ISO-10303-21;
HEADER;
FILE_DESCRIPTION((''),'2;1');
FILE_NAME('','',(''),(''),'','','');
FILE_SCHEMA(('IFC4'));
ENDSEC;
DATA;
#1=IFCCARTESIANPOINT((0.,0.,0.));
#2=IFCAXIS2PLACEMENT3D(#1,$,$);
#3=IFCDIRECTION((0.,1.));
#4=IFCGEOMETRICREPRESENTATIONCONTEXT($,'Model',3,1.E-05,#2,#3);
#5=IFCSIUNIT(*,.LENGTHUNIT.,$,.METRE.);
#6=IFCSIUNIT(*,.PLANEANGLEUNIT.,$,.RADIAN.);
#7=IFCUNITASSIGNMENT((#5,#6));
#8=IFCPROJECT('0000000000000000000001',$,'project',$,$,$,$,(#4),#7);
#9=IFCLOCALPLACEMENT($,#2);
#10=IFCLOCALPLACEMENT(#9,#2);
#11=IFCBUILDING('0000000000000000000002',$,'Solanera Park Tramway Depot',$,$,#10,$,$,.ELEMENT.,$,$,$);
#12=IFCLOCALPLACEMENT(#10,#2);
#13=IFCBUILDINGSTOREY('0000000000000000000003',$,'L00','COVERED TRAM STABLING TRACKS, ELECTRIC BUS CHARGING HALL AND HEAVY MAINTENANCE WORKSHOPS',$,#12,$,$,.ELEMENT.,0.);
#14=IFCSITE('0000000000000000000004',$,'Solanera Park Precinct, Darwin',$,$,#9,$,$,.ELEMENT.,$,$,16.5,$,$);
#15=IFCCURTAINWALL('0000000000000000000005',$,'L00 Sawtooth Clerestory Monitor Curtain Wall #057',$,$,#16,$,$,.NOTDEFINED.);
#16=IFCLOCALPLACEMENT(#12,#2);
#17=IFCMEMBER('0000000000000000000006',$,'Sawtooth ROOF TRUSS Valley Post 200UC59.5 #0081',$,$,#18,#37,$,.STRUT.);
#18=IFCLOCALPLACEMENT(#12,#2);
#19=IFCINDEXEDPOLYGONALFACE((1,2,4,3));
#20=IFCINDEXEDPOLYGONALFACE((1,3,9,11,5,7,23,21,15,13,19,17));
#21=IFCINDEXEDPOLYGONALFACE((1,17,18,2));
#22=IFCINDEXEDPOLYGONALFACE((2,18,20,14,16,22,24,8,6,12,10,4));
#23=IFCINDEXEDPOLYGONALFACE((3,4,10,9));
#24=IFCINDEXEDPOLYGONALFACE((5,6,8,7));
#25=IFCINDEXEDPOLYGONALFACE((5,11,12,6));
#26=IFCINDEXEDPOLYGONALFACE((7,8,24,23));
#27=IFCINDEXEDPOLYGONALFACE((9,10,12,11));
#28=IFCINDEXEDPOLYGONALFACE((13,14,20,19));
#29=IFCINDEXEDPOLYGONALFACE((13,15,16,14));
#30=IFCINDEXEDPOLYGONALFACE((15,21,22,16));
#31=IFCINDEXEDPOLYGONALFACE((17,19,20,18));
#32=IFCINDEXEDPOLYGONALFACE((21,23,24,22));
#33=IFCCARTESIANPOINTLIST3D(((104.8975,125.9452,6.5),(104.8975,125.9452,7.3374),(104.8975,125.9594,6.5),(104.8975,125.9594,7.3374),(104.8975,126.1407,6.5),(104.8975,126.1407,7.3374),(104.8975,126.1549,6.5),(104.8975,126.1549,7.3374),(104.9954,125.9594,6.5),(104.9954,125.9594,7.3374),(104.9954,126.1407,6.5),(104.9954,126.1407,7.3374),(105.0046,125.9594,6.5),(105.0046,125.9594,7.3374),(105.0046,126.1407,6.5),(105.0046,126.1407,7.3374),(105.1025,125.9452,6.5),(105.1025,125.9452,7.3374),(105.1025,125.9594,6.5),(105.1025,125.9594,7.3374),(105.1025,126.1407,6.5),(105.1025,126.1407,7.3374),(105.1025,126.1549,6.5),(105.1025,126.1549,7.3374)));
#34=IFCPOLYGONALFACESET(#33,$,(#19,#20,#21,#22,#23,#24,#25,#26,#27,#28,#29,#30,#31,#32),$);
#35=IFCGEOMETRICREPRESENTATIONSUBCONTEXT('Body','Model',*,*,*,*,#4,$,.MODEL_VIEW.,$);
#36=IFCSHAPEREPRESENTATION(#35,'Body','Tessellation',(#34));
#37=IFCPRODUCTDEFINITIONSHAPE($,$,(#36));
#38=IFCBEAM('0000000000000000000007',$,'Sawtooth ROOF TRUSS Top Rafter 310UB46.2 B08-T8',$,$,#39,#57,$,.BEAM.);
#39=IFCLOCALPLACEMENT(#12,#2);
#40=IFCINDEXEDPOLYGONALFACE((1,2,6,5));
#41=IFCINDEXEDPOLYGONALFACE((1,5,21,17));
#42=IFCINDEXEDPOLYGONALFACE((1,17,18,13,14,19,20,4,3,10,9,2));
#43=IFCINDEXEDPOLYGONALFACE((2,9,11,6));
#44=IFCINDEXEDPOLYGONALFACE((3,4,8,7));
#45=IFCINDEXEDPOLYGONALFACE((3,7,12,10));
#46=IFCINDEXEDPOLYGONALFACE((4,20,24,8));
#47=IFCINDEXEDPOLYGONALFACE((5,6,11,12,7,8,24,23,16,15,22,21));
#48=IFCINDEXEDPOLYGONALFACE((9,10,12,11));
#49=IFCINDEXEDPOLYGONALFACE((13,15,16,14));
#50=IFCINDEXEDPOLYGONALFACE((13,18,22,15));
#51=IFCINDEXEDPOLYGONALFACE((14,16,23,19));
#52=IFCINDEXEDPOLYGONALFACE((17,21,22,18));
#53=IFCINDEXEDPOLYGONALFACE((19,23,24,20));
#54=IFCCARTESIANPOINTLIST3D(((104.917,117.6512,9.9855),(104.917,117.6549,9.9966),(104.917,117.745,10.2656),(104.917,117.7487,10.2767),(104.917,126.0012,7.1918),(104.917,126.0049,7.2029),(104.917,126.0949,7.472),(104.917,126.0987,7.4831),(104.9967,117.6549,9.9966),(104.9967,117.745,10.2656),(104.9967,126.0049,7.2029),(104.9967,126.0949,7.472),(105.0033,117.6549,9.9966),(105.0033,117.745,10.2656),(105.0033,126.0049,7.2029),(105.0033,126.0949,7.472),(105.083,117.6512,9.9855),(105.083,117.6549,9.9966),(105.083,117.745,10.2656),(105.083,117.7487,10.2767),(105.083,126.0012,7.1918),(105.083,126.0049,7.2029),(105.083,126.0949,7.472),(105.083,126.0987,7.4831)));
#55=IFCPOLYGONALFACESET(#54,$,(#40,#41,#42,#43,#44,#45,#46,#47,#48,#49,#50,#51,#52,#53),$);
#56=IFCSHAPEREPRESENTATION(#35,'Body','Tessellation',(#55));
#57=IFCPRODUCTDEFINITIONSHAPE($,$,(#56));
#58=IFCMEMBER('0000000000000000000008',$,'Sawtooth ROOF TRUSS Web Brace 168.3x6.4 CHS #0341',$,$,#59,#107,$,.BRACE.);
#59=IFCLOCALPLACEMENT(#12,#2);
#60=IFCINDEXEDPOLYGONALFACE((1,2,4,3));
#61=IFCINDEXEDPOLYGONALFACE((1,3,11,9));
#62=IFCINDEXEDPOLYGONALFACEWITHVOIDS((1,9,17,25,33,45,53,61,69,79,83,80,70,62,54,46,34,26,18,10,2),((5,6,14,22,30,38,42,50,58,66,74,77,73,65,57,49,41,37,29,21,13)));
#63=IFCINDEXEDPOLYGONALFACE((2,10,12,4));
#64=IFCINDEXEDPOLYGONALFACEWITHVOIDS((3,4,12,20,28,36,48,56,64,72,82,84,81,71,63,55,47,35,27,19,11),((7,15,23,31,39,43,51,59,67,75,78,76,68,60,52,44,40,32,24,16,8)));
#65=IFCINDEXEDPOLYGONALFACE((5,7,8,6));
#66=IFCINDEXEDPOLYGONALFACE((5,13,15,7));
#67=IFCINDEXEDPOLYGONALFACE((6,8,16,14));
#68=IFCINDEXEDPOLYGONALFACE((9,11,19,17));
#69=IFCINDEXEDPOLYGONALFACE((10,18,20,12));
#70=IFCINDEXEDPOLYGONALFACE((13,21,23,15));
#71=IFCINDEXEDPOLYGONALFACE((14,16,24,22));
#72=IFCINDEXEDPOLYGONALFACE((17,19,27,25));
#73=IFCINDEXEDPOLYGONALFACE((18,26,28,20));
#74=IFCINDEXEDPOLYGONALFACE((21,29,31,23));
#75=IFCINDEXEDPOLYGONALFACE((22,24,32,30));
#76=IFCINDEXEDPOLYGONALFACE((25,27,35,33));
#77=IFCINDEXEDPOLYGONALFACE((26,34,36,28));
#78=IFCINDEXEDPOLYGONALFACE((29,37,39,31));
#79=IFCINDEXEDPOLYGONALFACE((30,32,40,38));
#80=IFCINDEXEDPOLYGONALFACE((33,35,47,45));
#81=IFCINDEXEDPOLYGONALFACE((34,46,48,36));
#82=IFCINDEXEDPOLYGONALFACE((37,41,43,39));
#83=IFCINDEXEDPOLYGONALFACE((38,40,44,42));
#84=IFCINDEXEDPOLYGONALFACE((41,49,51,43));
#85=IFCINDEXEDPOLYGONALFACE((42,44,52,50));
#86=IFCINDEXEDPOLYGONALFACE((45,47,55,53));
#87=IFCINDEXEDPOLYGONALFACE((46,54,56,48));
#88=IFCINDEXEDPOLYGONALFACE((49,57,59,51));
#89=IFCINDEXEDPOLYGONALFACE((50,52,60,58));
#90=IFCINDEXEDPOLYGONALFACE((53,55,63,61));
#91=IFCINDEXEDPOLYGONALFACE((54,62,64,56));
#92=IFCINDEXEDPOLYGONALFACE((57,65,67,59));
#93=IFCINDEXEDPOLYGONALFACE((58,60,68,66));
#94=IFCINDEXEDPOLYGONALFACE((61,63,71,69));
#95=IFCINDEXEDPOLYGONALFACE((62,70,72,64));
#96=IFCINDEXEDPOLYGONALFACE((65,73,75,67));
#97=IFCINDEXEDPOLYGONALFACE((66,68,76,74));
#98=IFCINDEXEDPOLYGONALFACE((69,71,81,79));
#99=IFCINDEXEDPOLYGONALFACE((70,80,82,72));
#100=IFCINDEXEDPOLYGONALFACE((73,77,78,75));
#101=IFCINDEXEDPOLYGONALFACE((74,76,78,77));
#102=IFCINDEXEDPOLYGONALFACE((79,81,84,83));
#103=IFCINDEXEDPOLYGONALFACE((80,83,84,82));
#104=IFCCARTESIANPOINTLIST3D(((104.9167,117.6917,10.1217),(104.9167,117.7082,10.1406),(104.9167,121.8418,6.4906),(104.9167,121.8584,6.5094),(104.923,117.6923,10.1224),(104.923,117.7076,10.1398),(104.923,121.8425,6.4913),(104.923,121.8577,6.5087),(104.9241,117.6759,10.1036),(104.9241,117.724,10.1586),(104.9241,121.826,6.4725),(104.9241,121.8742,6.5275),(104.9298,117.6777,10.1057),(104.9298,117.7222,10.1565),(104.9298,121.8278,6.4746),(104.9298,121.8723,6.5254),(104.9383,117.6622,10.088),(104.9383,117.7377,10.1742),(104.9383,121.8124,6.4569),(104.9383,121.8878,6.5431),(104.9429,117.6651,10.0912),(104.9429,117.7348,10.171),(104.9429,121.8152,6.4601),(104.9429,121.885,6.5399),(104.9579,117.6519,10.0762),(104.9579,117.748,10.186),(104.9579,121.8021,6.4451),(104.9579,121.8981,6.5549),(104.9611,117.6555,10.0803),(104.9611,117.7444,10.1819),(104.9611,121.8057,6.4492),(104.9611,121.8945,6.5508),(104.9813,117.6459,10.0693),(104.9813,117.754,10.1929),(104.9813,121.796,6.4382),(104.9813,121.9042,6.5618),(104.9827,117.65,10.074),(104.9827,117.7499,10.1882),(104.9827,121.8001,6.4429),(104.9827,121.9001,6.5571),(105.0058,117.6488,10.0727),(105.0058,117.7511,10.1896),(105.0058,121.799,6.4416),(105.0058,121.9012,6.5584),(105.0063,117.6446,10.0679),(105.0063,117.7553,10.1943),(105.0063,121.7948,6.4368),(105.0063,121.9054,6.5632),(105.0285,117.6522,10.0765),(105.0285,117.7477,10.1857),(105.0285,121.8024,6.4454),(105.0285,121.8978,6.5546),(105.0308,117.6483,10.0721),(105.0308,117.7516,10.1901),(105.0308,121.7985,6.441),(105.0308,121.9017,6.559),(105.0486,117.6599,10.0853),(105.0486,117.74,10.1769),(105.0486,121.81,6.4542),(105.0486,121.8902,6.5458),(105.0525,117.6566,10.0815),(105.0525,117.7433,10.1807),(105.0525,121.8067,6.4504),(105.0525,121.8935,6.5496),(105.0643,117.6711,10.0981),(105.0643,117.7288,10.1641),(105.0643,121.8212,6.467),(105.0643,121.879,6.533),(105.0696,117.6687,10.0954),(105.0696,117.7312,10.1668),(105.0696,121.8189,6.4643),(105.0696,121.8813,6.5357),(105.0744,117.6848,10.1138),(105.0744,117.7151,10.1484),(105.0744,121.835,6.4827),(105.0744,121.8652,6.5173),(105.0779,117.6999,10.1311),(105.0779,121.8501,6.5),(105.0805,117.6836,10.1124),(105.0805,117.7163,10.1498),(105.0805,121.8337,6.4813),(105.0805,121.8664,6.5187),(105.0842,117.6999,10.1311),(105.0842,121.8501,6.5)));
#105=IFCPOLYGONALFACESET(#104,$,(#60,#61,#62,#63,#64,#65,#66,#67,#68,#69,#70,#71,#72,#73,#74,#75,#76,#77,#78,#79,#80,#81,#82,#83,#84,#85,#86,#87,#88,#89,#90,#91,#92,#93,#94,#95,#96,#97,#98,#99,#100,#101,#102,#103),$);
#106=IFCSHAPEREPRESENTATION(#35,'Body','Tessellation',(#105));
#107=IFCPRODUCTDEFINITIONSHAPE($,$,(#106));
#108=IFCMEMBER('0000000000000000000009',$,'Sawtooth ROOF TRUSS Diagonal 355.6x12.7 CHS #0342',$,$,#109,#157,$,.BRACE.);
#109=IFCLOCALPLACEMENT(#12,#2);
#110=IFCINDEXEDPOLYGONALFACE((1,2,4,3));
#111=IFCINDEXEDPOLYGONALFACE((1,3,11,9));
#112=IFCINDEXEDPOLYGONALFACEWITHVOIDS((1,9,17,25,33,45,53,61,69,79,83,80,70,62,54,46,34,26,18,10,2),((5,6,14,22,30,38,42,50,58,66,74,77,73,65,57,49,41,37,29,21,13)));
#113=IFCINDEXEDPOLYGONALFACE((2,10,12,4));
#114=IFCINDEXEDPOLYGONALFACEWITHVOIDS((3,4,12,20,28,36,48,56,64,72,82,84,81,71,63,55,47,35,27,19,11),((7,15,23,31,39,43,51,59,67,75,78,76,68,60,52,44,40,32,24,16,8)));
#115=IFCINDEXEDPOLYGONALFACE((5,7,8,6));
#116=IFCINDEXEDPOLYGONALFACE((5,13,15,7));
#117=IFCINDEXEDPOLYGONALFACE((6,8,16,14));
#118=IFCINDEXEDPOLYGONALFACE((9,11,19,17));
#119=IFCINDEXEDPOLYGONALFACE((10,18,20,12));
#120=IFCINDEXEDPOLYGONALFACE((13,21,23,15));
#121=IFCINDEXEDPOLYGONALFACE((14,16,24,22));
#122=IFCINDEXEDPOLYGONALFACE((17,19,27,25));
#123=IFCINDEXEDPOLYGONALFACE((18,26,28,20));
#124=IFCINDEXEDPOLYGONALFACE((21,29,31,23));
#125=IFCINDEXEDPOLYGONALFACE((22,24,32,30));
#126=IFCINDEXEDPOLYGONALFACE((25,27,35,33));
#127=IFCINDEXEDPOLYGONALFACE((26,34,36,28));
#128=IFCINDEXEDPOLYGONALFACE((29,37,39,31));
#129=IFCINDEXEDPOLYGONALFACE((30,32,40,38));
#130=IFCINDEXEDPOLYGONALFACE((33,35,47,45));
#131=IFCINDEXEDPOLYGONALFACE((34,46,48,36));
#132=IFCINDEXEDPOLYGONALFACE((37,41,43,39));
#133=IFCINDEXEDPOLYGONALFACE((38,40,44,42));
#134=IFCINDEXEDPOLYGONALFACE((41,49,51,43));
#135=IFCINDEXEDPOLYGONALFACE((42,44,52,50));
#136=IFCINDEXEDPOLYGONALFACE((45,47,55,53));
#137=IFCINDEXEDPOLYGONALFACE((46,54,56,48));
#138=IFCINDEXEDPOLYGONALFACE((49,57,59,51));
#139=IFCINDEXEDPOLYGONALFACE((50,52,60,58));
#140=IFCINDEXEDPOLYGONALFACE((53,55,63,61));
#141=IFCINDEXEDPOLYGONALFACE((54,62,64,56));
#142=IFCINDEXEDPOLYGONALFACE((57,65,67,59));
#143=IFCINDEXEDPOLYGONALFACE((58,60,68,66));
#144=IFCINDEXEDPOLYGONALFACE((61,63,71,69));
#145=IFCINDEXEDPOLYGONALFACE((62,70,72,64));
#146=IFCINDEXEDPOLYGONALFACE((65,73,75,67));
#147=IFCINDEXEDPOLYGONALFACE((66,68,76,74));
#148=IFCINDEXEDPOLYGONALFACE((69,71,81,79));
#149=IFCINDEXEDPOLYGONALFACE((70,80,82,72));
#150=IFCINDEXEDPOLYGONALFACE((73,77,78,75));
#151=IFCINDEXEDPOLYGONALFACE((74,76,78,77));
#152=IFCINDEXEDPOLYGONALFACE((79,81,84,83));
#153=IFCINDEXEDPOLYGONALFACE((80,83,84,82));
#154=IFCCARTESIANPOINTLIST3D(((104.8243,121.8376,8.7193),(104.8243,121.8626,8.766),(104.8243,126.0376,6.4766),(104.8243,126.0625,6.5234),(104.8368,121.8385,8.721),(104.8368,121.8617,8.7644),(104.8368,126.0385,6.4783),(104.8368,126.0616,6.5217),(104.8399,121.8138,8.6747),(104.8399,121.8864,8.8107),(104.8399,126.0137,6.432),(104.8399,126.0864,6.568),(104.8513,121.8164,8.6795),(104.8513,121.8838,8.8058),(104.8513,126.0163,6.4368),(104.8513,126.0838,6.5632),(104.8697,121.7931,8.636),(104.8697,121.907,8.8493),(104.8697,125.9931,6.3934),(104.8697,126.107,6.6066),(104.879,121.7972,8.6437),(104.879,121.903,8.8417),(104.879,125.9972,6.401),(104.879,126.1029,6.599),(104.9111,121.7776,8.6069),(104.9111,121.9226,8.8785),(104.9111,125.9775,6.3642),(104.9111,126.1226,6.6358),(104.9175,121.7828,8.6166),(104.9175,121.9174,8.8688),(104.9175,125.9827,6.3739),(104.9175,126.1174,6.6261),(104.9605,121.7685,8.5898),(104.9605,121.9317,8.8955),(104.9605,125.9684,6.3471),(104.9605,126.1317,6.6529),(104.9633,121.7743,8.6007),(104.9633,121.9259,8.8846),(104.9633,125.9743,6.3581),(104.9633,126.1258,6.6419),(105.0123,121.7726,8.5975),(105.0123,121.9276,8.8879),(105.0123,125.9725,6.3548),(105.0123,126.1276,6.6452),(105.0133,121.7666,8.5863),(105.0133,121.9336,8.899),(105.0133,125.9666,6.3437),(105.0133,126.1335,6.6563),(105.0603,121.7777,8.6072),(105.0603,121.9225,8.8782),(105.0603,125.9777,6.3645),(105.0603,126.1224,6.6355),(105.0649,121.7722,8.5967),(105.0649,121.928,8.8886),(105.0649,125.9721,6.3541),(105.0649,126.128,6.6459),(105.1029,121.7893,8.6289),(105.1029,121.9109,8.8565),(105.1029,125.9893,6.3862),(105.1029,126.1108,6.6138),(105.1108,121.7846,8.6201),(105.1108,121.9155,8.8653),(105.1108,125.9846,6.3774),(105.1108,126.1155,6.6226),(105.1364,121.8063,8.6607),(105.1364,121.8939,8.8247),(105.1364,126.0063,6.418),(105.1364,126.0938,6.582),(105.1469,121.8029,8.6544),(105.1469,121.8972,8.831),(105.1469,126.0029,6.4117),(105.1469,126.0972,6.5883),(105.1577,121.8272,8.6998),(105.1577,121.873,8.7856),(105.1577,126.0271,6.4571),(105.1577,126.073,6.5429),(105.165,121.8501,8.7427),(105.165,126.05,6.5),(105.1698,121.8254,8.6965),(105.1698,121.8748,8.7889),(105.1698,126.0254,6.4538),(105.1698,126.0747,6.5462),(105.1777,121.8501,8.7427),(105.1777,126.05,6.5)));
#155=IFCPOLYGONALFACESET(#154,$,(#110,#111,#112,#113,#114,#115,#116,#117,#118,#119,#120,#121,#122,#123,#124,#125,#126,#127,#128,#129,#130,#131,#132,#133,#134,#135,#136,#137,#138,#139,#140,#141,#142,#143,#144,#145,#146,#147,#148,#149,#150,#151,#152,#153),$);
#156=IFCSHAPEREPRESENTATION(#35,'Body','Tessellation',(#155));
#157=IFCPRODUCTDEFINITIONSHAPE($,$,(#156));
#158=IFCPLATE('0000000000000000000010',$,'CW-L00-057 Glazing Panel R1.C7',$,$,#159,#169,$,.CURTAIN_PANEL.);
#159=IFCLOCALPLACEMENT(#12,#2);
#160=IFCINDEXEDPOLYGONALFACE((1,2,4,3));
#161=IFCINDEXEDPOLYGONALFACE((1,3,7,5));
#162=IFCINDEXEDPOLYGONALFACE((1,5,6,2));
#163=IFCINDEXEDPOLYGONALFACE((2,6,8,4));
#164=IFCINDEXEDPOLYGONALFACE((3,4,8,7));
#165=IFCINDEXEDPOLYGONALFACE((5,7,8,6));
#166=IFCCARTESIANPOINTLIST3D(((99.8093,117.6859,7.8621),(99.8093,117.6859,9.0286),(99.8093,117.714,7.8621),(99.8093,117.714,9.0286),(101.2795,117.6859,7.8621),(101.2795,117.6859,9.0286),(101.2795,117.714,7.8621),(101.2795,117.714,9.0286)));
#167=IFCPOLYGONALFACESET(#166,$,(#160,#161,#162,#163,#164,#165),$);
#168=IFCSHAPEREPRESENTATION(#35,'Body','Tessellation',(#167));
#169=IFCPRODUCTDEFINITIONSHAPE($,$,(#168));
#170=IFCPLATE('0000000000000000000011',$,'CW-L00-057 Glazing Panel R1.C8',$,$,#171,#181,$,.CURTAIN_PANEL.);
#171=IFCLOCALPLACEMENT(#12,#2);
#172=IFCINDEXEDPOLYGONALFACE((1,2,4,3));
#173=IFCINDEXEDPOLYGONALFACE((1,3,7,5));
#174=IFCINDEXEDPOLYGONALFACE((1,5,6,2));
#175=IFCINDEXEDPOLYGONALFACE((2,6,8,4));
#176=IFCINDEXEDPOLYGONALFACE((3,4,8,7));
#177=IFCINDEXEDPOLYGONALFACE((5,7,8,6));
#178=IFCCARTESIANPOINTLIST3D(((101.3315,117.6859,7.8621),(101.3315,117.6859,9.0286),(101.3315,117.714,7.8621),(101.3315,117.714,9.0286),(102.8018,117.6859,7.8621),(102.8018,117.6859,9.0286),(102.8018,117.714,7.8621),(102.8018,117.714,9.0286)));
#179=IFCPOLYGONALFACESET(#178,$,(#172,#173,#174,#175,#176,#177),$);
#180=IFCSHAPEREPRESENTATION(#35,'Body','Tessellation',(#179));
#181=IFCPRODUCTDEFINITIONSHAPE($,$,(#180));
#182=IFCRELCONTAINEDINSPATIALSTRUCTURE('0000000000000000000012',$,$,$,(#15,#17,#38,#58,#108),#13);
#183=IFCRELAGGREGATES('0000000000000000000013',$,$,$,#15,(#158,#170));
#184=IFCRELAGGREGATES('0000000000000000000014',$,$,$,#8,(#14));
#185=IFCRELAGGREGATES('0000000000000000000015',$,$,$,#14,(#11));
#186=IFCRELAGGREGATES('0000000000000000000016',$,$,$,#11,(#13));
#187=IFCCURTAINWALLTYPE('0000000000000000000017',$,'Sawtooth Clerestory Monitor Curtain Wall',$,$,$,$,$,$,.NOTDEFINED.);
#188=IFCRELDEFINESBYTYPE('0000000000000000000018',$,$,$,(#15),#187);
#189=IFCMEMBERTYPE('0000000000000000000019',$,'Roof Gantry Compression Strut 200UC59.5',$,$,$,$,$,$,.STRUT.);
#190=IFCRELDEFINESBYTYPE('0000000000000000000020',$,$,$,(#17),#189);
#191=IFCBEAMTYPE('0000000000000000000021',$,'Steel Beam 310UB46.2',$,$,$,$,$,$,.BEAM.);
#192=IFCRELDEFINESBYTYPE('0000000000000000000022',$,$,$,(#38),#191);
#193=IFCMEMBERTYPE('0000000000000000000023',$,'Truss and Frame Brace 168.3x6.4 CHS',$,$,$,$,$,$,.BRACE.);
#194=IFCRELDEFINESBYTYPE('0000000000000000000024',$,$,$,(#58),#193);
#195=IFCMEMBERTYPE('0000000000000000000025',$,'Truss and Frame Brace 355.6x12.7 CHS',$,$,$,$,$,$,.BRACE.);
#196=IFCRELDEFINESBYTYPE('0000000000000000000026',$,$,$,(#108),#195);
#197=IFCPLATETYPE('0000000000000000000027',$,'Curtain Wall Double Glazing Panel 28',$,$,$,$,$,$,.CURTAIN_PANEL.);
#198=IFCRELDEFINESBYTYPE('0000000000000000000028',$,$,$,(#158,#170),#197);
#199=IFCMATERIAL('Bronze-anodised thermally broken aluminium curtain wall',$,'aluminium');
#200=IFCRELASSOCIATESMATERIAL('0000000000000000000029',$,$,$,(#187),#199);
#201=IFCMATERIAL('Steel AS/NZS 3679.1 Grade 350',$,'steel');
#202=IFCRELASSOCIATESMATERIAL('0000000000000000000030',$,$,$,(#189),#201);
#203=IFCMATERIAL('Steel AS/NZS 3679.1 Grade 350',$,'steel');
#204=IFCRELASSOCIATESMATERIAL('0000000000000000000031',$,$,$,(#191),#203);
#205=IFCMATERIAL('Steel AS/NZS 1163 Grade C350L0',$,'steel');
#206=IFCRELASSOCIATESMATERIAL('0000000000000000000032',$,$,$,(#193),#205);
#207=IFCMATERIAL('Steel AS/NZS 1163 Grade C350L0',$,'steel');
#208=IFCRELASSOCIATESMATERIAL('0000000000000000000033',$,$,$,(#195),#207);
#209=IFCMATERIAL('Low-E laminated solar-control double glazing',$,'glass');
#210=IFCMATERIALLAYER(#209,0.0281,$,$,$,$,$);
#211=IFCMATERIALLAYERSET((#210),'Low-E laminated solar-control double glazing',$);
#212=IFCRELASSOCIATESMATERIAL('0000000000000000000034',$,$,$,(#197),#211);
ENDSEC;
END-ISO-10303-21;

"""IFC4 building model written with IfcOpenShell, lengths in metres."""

from ifc_helpers import new_model, si_unit, direction, frame, origin, origin_2d, place, context, subcontext, project, spatial, rectangle, hollow_circle, i_section, extrude, material, layer, layer_set, material_profile, profile_set, type_object, element, aggregate, save


model = new_model("IFC4")

# Units and contexts
model_context = context("Model", 3, precision=1e-05, world=origin(), true_north=direction((0.0, 1.0)))
body_context = subcontext(model_context, "Body", "Model", "MODEL_VIEW")
ifc_project = project(units=[si_unit("LENGTHUNIT", "METRE"), si_unit("PLANEANGLEUNIT", "RADIAN")], contexts=[model_context])

# Site, building, storey
site_placement = place(None, origin())
site = spatial("IfcSite", under=ifc_project, at=site_placement, Name="Solanera Park Precinct, Darwin", CompositionType="ELEMENT", RefElevation=16.5)
building_placement = place(site_placement, origin())
building = spatial("IfcBuilding", under=site, at=building_placement, Name="Solanera Park Tramway Depot", CompositionType="ELEMENT")
storey_placement = place(building_placement, origin())
storey = spatial("IfcBuildingStorey", under=building, at=storey_placement, Name="L00", Description="COVERED TRAM STABLING TRACKS, ELECTRIC BUS CHARGING HALL AND HEAVY MAINTENANCE WORKSHOPS", CompositionType="ELEMENT", Elevation=0.0)

# Curtain wall
ifc_material_1 = material(Name="Bronze-anodised thermally broken aluminium curtain wall", Category="aluminium")
curtain_wall_type = type_object("IfcCurtainWallType", Name="Sawtooth Clerestory Monitor Curtain Wall", PredefinedType="NOTDEFINED", material=ifc_material_1)
curtain_wall_1_placement = place(storey_placement, origin())
curtain_wall_1 = element("IfcCurtainWall", 1, at=curtain_wall_1_placement, inside=storey, type_object=curtain_wall_type, Name="L00 Sawtooth Clerestory Monitor Curtain Wall #057", PredefinedType="NOTDEFINED")

# Member
ifc_material_2 = material(Name="Steel AS/NZS 3679.1 Grade 350", Category="steel")
ifc_material_profile_1 = material_profile(ifc_material_2, i_section(OverallWidth=0.2051, OverallDepth=0.2097, WebThickness=0.0093, FlangeThickness=0.0142, at=origin_2d()), Name="200UC59.5")
ifc_profile_set_1 = profile_set([ifc_material_profile_1], Name="Steel AS/NZS 3679.1 Grade 350")
member_type_1 = type_object("IfcMemberType", Name="Roof Gantry Compression Strut 200UC59.5", PredefinedType="STRUT", material=ifc_profile_set_1)
member_1_placement = place(storey_placement, frame((105.0, 126.05, 6.5), z_axis=(0.0, 0.0, 1.0), x_axis=(1.0, 0.0, 0.0)))
element("IfcMember", 2, at=member_1_placement, inside=storey, type_object=member_type_1, Name="Sawtooth ROOF TRUSS Valley Post 200UC59.5 #0081", PredefinedType="STRUT", context=body_context, shape_type="SweptSolid", body=[
    extrude(i_section(OverallWidth=0.2051, OverallDepth=0.2097, WebThickness=0.0093, FlangeThickness=0.0142, at=origin_2d()), origin(), (0.0, 0.0, 1.0), 0.8374),
])

# Beam
ifc_material_3 = material(Name="Steel AS/NZS 3679.1 Grade 350", Category="steel")
ifc_material_profile_2 = material_profile(ifc_material_3, i_section(OverallWidth=0.166, OverallDepth=0.3071, WebThickness=0.0066, FlangeThickness=0.0117, at=origin_2d()), Name="310UB46.2")
ifc_profile_set_2 = profile_set([ifc_material_profile_2], Name="Steel AS/NZS 3679.1 Grade 350")
beam_type = type_object("IfcBeamType", Name="Steel Beam 310UB46.2", PredefinedType="BEAM", material=ifc_profile_set_2)
beam_placement = place(storey_placement, frame((105.0, 117.7, 10.1311), z_axis=(0.0, 0.948331, -0.317284), x_axis=(-1.0, 0.0, 0.0)))
element("IfcBeam", 3, at=beam_placement, inside=storey, type_object=beam_type, Name="Sawtooth ROOF TRUSS Top Rafter 310UB46.2 B08-T8", PredefinedType="BEAM", context=body_context, shape_type="SweptSolid", body=[
    extrude(i_section(OverallWidth=0.166, OverallDepth=0.3071, WebThickness=0.0066, FlangeThickness=0.0117, at=origin_2d()), origin(), (0.0, 0.0, 1.0), 8.8049),
])

# Members
ifc_material_4 = material(Name="Steel AS/NZS 1163 Grade C350L0", Category="steel")
ifc_material_profile_3 = material_profile(ifc_material_4, hollow_circle(Radius=0.0842, WallThickness=0.0063, at=origin_2d()), Name="168.3x6.4 CHS")
ifc_profile_set_3 = profile_set([ifc_material_profile_3], Name="Steel AS/NZS 1163 Grade C350L0")
member_type_2 = type_object("IfcMemberType", Name="Truss and Frame Brace 168.3x6.4 CHS", PredefinedType="BRACE", material=ifc_profile_set_3)
member_2_placement = place(storey_placement, frame((105.0, 121.8501, 6.5), z_axis=(0.0, -0.752601, 0.658476), x_axis=(1.0, 0.0, 0.0)))
element("IfcMember", 4, at=member_2_placement, inside=storey, type_object=member_type_2, Name="Sawtooth ROOF TRUSS Web Brace 168.3x6.4 CHS #0341", PredefinedType="BRACE", context=body_context, shape_type="SweptSolid", body=[
    extrude(hollow_circle(Radius=0.0842, WallThickness=0.0063, at=origin_2d()), origin(), (0.0, 0.0, 1.0), 5.5144),
])
ifc_material_5 = material(Name="Steel AS/NZS 1163 Grade C350L0", Category="steel")
ifc_material_profile_4 = material_profile(ifc_material_5, hollow_circle(Radius=0.1777, WallThickness=0.0127, at=origin_2d()), Name="355.6x12.7 CHS")
ifc_profile_set_4 = profile_set([ifc_material_profile_4], Name="Steel AS/NZS 1163 Grade C350L0")
member_type_3 = type_object("IfcMemberType", Name="Truss and Frame Brace 355.6x12.7 CHS", PredefinedType="BRACE", material=ifc_profile_set_4)
member_3_placement = place(storey_placement, frame((105.0, 126.05, 6.5), z_axis=(0.0, -0.882117, 0.47103), x_axis=(1.0, 0.0, 0.0)))
element("IfcMember", 5, at=member_3_placement, inside=storey, type_object=member_type_3, Name="Sawtooth ROOF TRUSS Diagonal 355.6x12.7 CHS #0342", PredefinedType="BRACE", context=body_context, shape_type="SweptSolid", body=[
    extrude(hollow_circle(Radius=0.1777, WallThickness=0.0127, at=origin_2d()), origin(), (0.0, 0.0, 1.0), 4.7612),
])

# Plates
ifc_material_6 = material(Name="Low-E laminated solar-control double glazing", Category="glass")
ifc_layer_1 = layer(ifc_material_6, 0.0281)
ifc_layer_set_1 = layer_set([ifc_layer_1], Name="Low-E laminated solar-control double glazing")
plate_type_1 = type_object("IfcPlateType", Name="Curtain Wall Double Glazing Panel 28", PredefinedType="CURTAIN_PANEL", material=ifc_layer_set_1)
plate_1_placement = place(storey_placement, frame((100.5444, 117.7, 7.8621), z_axis=(0.0, 0.0, 1.0), x_axis=(1.0, 0.0, 0.0)))
plate_1 = element("IfcPlate", 6, at=plate_1_placement, type_object=plate_type_1, Name="CW-L00-057 Glazing Panel R1.C7", PredefinedType="CURTAIN_PANEL", context=body_context, shape_type="SweptSolid", body=[
    extrude(rectangle(XDim=1.4702, YDim=0.0281, at=origin_2d()), origin(), (0.0, 0.0, 1.0), 1.1665),
])
plate_2_placement = place(storey_placement, frame((102.0667, 117.7, 7.8621), z_axis=(0.0, 0.0, 1.0), x_axis=(1.0, 0.0, 0.0)))
plate_2 = element("IfcPlate", 7, at=plate_2_placement, type_object=plate_type_1, Name="CW-L00-057 Glazing Panel R1.C8", PredefinedType="CURTAIN_PANEL", context=body_context, shape_type="SweptSolid", body=[
    extrude(rectangle(XDim=1.4702, YDim=0.0281, at=origin_2d()), origin(), (0.0, 0.0, 1.0), 1.1665),
])
aggregate(curtain_wall_1, [plate_1, plate_2])

save(model, "model.ifc")
